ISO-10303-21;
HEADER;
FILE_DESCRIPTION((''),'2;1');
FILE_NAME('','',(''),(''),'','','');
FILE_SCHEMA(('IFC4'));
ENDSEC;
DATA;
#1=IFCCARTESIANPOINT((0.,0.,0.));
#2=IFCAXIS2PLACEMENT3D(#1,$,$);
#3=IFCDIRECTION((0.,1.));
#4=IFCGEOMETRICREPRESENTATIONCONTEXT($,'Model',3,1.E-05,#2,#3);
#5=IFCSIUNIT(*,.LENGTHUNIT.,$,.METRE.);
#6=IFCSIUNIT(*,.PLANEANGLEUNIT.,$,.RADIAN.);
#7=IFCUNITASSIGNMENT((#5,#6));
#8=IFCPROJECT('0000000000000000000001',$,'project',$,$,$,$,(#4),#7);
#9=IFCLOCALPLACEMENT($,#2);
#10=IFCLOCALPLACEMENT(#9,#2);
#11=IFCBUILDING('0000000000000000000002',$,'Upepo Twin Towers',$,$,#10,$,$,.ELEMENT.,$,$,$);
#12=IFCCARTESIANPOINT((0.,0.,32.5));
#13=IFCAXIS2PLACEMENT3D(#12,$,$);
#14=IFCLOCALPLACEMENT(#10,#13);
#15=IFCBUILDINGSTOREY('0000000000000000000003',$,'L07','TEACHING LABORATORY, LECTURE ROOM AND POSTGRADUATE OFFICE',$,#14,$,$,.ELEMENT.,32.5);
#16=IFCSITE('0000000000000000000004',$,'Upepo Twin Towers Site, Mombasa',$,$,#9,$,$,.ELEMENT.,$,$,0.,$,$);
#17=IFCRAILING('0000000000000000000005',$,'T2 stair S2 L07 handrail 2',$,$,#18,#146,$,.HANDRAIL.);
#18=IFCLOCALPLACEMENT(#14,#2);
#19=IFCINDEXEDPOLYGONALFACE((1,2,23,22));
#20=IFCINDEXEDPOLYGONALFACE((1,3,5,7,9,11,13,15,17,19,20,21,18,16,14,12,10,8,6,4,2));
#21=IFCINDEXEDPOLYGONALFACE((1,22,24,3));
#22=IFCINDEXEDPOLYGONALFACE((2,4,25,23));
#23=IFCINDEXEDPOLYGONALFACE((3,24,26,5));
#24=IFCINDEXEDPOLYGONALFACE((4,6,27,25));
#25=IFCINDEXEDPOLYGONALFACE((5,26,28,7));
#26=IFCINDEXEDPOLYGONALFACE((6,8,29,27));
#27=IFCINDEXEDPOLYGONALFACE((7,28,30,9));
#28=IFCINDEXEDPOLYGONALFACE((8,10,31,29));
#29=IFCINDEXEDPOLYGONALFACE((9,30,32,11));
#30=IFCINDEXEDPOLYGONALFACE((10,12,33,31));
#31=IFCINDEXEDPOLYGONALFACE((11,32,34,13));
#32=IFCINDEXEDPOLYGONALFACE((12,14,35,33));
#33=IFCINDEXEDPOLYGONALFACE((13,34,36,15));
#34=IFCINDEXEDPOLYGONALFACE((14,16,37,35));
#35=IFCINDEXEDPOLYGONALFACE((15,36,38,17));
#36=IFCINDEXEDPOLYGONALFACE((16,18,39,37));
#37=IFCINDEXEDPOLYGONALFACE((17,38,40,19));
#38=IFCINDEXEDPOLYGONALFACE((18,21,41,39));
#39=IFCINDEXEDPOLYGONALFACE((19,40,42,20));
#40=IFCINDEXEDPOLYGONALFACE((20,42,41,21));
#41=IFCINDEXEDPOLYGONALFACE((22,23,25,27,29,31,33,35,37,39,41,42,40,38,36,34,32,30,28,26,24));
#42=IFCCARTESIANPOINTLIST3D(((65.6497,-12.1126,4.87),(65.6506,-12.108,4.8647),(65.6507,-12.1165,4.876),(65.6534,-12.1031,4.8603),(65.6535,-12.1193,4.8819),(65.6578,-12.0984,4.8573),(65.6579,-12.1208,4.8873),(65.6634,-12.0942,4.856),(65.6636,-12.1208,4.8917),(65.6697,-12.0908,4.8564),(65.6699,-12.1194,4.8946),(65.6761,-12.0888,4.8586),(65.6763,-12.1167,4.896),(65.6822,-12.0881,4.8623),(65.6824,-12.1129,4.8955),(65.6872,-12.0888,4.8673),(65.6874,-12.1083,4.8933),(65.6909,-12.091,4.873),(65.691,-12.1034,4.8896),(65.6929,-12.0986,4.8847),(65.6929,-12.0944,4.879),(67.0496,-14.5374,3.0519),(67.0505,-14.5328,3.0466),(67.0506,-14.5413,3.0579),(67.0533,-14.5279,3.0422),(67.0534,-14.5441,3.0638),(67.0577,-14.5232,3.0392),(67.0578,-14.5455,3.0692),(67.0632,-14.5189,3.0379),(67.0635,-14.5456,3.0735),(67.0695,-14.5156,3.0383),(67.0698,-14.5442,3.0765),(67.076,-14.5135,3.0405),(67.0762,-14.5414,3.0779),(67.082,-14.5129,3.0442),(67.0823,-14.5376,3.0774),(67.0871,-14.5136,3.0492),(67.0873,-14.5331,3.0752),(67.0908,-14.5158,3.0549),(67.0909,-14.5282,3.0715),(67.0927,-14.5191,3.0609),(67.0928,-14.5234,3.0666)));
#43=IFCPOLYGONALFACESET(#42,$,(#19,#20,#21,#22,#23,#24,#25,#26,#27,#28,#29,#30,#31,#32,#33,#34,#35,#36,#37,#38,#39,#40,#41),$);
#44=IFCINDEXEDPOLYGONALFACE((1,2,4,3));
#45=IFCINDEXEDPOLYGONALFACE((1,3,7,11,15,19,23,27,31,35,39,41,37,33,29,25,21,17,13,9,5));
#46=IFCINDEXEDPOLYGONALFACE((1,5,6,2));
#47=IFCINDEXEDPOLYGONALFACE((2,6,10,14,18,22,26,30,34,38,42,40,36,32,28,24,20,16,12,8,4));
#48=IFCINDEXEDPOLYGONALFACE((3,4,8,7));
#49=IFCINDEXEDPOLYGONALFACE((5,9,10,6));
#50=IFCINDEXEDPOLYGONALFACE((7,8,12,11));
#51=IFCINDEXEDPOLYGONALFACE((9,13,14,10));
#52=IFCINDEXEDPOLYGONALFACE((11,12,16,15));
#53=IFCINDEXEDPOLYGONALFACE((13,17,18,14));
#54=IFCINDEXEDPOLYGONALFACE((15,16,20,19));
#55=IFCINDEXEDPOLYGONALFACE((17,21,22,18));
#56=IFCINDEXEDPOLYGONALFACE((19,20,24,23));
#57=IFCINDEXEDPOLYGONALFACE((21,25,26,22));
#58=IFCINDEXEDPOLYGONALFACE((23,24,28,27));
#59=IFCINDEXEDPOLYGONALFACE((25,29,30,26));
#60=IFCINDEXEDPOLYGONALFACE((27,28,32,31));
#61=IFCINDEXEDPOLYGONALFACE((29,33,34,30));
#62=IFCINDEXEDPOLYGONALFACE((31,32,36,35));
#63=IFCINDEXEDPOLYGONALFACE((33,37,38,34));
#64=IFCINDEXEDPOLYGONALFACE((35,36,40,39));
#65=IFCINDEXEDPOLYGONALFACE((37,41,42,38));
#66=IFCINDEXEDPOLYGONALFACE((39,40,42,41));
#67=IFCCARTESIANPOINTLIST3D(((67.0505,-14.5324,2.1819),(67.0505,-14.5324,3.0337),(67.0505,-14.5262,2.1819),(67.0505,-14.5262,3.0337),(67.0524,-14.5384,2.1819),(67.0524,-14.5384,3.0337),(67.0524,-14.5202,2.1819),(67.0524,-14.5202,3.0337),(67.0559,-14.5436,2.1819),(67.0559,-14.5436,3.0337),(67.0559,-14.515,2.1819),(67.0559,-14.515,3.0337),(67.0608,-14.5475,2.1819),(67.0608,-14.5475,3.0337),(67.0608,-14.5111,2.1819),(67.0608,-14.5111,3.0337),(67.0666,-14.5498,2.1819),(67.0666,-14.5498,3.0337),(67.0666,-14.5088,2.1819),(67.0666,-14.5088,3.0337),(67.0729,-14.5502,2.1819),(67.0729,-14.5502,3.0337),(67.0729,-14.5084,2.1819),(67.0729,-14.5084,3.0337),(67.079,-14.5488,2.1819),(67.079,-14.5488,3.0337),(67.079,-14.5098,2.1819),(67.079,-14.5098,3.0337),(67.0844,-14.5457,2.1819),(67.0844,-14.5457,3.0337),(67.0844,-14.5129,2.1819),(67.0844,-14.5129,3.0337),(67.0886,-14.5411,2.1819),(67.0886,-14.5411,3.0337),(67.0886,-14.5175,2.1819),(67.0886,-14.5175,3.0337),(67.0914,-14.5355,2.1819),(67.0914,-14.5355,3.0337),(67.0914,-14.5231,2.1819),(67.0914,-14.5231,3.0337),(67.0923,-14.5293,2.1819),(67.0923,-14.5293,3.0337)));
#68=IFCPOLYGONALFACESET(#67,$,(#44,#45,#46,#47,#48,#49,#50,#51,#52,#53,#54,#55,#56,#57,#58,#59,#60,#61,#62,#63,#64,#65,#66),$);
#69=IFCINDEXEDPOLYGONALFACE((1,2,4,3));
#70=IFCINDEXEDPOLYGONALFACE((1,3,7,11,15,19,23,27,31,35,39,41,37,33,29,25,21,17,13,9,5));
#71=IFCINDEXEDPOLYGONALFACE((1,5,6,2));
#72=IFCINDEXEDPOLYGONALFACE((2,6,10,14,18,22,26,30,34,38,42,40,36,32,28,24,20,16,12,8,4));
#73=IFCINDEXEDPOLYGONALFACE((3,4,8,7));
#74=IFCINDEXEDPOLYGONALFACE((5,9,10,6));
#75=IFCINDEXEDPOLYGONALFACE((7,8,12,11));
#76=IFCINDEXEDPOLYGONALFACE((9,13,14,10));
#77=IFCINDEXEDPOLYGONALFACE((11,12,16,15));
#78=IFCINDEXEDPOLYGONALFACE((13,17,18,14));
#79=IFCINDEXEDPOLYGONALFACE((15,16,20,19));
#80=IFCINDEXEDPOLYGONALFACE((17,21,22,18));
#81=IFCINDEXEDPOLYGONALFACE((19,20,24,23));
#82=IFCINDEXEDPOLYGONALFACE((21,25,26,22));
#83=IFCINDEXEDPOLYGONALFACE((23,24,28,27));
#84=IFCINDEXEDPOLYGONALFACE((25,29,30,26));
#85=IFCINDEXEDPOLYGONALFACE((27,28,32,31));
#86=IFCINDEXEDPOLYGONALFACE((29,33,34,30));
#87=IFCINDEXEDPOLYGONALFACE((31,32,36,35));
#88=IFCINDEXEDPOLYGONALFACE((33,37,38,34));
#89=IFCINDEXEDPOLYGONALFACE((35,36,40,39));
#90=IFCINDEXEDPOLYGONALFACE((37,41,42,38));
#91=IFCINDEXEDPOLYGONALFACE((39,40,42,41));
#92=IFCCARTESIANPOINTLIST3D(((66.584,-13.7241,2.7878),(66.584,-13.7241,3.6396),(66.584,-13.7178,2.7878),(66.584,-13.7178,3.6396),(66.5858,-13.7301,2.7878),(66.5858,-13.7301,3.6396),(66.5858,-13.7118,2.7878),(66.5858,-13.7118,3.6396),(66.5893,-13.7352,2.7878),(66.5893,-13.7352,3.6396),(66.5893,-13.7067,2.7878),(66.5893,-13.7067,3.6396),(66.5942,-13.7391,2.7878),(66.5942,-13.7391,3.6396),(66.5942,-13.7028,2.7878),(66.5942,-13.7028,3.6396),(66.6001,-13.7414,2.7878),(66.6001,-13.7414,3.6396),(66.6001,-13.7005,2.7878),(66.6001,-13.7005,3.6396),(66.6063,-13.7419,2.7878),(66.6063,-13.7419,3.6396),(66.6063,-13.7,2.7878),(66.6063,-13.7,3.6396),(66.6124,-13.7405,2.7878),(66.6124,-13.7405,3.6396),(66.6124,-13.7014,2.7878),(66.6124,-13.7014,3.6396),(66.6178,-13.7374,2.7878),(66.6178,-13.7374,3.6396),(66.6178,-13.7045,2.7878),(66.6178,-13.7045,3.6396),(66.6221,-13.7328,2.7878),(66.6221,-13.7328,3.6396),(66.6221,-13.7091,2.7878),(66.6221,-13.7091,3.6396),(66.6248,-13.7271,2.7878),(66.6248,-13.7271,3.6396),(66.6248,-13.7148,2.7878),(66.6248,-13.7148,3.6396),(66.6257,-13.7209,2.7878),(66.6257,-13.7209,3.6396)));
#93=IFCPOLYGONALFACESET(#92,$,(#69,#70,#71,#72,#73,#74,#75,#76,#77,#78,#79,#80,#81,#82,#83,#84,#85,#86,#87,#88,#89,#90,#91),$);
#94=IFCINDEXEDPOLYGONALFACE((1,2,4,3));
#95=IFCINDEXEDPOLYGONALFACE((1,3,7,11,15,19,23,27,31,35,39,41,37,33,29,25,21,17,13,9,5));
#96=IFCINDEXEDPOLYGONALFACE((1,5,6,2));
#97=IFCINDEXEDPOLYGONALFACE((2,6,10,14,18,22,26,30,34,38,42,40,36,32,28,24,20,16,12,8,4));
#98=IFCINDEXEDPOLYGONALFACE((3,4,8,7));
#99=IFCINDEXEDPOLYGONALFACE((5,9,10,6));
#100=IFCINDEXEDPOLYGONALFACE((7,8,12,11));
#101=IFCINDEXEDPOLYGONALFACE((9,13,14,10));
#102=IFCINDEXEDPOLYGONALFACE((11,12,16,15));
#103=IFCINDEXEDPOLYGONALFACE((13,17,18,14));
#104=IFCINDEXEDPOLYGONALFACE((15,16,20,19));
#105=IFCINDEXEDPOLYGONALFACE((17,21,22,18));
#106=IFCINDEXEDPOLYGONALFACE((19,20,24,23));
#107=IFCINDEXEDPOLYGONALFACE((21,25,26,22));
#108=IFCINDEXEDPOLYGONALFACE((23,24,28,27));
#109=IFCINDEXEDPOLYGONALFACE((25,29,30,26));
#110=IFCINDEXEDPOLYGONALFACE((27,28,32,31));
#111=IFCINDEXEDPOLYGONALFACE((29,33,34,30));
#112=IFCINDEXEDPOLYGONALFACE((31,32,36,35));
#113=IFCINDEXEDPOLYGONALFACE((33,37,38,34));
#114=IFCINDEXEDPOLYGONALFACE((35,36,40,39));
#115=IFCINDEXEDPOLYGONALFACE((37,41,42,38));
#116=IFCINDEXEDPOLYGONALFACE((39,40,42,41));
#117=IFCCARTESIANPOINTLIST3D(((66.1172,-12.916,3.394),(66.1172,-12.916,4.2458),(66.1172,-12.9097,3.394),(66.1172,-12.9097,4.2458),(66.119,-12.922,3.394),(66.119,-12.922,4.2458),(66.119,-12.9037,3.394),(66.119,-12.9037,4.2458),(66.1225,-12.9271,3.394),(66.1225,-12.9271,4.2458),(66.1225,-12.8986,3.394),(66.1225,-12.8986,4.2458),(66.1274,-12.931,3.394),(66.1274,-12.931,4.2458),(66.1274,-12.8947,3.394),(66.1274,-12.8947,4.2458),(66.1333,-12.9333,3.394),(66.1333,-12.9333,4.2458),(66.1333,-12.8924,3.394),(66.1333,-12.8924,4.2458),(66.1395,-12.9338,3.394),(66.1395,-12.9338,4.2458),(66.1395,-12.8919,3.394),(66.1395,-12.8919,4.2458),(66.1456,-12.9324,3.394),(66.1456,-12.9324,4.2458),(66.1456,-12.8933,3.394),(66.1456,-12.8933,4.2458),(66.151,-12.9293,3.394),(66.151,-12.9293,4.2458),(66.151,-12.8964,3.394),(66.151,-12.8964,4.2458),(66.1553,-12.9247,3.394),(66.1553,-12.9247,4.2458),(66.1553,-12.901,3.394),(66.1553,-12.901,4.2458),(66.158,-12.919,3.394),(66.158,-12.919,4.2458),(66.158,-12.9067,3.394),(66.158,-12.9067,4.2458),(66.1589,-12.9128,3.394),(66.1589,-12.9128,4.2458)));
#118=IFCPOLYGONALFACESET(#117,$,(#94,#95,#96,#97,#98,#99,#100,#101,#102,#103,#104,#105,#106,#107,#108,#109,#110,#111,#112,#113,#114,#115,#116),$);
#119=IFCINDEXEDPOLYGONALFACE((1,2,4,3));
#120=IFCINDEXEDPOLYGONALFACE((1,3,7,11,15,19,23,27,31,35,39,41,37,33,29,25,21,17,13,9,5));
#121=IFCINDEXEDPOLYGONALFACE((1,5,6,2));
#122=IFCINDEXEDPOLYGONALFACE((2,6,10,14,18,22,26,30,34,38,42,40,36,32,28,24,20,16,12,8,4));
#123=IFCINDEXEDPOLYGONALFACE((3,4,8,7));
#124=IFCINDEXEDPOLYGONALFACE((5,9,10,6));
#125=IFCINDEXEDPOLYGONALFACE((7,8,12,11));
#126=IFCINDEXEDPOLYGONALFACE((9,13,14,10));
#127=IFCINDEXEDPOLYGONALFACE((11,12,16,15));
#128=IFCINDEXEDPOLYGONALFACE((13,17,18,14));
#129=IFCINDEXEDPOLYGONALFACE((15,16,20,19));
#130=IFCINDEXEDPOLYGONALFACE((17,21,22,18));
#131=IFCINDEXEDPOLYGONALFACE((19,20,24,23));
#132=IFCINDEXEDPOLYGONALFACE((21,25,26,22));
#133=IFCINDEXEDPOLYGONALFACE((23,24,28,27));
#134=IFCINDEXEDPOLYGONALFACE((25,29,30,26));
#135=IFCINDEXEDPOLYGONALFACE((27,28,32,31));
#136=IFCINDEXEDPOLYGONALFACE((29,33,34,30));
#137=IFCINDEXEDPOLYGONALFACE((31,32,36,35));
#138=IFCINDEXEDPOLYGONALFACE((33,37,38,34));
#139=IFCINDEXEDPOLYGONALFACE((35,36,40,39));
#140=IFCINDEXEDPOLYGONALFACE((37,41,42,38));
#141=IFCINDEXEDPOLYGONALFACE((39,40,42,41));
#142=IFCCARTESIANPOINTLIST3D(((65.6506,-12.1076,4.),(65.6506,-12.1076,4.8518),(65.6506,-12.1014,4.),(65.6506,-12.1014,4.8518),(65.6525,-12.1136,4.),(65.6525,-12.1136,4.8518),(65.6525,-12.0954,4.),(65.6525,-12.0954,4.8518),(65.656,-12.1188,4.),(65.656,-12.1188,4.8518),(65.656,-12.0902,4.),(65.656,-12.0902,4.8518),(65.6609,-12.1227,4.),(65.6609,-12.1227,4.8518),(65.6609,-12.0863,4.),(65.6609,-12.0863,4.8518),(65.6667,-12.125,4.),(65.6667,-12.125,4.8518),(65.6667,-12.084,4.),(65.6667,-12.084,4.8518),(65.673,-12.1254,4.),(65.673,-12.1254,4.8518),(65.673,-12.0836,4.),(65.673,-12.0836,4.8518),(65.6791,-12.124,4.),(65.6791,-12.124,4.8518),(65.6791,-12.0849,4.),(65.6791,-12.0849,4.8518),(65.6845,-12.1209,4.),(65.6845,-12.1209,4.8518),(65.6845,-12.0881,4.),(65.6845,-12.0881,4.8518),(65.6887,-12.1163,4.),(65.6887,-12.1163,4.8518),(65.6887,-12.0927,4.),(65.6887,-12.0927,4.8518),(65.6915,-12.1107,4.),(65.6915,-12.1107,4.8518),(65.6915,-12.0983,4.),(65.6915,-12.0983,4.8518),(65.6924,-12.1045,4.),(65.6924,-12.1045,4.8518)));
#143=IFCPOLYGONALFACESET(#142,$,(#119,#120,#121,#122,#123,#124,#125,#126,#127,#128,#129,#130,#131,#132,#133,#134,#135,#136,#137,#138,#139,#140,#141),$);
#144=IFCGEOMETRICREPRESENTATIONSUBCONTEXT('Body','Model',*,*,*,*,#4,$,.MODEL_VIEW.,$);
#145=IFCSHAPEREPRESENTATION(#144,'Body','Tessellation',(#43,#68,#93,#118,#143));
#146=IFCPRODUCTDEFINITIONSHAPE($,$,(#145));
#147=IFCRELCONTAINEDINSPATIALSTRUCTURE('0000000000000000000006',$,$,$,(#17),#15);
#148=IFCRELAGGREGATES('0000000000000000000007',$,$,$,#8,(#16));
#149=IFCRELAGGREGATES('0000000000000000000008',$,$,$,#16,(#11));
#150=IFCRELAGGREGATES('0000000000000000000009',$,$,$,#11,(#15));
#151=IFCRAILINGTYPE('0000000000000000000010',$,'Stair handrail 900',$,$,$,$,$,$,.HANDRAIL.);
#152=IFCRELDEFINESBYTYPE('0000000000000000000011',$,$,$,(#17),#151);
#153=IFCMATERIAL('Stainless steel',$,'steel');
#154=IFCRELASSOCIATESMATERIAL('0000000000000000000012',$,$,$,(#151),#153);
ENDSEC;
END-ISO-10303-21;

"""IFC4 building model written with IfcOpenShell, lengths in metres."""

from ifc_helpers import new_model, si_unit, direction, frame, origin, origin_2d, place, context, subcontext, project, spatial, circle, extrude, material, type_object, element, save


model = new_model("IFC4")

# Units and contexts
model_context = context("Model", 3, precision=1e-05, world=origin(), true_north=direction((0.0, 1.0)))
body_context = subcontext(model_context, "Body", "Model", "MODEL_VIEW")
ifc_project = project(units=[si_unit("LENGTHUNIT", "METRE"), si_unit("PLANEANGLEUNIT", "RADIAN")], contexts=[model_context])

# Site, building, storey
site_placement = place(None, origin())
site = spatial("IfcSite", under=ifc_project, at=site_placement, Name="Upepo Twin Towers Site, Mombasa", CompositionType="ELEMENT", RefElevation=0.0)
building_placement = place(site_placement, origin())
building = spatial("IfcBuilding", under=site, at=building_placement, Name="Upepo Twin Towers", CompositionType="ELEMENT")
storey_placement = place(building_placement, frame((0.0, 0.0, 32.5)))
storey = spatial("IfcBuildingStorey", under=building, at=storey_placement, Name="L07", Description="TEACHING LABORATORY, LECTURE ROOM AND POSTGRADUATE OFFICE", CompositionType="ELEMENT", Elevation=32.5)

# Railing
ifc_material_1 = material(Name="Stainless steel", Category="steel")
railing_type = type_object("IfcRailingType", Name="Stair handrail 900", PredefinedType="HANDRAIL", material=ifc_material_1)
railing_1_placement = place(storey_placement, frame((67.0713, -14.5293, 2.1819)))
element("IfcRailing", 1, at=railing_1_placement, inside=storey, type_object=railing_type, Name="T2 stair S2 L07 handrail 2", PredefinedType="HANDRAIL", context=body_context, shape_type="SweptSolid", body=[
    extrude(circle(Radius=0.0239, at=origin_2d()), frame((0.0, 0.0, 0.876), z_axis=(-0.419333, 0.726336, 0.544606), x_axis=(-0.866035, -0.499984, 0.0)), (0.0, 0.0, 1.0), 3.3384),
    extrude(circle(Radius=0.021, at=origin_2d()), origin(), (0.0, 0.0, 1.0), 0.8518),
    extrude(circle(Radius=0.021, at=origin_2d()), frame((-0.4666, 0.8083, 0.606)), (0.0, 0.0, 1.0), 0.8518),
    extrude(circle(Radius=0.021, at=origin_2d()), frame((-0.9333, 1.6165, 1.2122)), (0.0, 0.0, 1.0), 0.8518),
    extrude(circle(Radius=0.021, at=origin_2d()), frame((-1.3999, 2.4248, 1.8181)), (0.0, 0.0, 1.0), 0.8518),
])

save(model, "model.ifc")
